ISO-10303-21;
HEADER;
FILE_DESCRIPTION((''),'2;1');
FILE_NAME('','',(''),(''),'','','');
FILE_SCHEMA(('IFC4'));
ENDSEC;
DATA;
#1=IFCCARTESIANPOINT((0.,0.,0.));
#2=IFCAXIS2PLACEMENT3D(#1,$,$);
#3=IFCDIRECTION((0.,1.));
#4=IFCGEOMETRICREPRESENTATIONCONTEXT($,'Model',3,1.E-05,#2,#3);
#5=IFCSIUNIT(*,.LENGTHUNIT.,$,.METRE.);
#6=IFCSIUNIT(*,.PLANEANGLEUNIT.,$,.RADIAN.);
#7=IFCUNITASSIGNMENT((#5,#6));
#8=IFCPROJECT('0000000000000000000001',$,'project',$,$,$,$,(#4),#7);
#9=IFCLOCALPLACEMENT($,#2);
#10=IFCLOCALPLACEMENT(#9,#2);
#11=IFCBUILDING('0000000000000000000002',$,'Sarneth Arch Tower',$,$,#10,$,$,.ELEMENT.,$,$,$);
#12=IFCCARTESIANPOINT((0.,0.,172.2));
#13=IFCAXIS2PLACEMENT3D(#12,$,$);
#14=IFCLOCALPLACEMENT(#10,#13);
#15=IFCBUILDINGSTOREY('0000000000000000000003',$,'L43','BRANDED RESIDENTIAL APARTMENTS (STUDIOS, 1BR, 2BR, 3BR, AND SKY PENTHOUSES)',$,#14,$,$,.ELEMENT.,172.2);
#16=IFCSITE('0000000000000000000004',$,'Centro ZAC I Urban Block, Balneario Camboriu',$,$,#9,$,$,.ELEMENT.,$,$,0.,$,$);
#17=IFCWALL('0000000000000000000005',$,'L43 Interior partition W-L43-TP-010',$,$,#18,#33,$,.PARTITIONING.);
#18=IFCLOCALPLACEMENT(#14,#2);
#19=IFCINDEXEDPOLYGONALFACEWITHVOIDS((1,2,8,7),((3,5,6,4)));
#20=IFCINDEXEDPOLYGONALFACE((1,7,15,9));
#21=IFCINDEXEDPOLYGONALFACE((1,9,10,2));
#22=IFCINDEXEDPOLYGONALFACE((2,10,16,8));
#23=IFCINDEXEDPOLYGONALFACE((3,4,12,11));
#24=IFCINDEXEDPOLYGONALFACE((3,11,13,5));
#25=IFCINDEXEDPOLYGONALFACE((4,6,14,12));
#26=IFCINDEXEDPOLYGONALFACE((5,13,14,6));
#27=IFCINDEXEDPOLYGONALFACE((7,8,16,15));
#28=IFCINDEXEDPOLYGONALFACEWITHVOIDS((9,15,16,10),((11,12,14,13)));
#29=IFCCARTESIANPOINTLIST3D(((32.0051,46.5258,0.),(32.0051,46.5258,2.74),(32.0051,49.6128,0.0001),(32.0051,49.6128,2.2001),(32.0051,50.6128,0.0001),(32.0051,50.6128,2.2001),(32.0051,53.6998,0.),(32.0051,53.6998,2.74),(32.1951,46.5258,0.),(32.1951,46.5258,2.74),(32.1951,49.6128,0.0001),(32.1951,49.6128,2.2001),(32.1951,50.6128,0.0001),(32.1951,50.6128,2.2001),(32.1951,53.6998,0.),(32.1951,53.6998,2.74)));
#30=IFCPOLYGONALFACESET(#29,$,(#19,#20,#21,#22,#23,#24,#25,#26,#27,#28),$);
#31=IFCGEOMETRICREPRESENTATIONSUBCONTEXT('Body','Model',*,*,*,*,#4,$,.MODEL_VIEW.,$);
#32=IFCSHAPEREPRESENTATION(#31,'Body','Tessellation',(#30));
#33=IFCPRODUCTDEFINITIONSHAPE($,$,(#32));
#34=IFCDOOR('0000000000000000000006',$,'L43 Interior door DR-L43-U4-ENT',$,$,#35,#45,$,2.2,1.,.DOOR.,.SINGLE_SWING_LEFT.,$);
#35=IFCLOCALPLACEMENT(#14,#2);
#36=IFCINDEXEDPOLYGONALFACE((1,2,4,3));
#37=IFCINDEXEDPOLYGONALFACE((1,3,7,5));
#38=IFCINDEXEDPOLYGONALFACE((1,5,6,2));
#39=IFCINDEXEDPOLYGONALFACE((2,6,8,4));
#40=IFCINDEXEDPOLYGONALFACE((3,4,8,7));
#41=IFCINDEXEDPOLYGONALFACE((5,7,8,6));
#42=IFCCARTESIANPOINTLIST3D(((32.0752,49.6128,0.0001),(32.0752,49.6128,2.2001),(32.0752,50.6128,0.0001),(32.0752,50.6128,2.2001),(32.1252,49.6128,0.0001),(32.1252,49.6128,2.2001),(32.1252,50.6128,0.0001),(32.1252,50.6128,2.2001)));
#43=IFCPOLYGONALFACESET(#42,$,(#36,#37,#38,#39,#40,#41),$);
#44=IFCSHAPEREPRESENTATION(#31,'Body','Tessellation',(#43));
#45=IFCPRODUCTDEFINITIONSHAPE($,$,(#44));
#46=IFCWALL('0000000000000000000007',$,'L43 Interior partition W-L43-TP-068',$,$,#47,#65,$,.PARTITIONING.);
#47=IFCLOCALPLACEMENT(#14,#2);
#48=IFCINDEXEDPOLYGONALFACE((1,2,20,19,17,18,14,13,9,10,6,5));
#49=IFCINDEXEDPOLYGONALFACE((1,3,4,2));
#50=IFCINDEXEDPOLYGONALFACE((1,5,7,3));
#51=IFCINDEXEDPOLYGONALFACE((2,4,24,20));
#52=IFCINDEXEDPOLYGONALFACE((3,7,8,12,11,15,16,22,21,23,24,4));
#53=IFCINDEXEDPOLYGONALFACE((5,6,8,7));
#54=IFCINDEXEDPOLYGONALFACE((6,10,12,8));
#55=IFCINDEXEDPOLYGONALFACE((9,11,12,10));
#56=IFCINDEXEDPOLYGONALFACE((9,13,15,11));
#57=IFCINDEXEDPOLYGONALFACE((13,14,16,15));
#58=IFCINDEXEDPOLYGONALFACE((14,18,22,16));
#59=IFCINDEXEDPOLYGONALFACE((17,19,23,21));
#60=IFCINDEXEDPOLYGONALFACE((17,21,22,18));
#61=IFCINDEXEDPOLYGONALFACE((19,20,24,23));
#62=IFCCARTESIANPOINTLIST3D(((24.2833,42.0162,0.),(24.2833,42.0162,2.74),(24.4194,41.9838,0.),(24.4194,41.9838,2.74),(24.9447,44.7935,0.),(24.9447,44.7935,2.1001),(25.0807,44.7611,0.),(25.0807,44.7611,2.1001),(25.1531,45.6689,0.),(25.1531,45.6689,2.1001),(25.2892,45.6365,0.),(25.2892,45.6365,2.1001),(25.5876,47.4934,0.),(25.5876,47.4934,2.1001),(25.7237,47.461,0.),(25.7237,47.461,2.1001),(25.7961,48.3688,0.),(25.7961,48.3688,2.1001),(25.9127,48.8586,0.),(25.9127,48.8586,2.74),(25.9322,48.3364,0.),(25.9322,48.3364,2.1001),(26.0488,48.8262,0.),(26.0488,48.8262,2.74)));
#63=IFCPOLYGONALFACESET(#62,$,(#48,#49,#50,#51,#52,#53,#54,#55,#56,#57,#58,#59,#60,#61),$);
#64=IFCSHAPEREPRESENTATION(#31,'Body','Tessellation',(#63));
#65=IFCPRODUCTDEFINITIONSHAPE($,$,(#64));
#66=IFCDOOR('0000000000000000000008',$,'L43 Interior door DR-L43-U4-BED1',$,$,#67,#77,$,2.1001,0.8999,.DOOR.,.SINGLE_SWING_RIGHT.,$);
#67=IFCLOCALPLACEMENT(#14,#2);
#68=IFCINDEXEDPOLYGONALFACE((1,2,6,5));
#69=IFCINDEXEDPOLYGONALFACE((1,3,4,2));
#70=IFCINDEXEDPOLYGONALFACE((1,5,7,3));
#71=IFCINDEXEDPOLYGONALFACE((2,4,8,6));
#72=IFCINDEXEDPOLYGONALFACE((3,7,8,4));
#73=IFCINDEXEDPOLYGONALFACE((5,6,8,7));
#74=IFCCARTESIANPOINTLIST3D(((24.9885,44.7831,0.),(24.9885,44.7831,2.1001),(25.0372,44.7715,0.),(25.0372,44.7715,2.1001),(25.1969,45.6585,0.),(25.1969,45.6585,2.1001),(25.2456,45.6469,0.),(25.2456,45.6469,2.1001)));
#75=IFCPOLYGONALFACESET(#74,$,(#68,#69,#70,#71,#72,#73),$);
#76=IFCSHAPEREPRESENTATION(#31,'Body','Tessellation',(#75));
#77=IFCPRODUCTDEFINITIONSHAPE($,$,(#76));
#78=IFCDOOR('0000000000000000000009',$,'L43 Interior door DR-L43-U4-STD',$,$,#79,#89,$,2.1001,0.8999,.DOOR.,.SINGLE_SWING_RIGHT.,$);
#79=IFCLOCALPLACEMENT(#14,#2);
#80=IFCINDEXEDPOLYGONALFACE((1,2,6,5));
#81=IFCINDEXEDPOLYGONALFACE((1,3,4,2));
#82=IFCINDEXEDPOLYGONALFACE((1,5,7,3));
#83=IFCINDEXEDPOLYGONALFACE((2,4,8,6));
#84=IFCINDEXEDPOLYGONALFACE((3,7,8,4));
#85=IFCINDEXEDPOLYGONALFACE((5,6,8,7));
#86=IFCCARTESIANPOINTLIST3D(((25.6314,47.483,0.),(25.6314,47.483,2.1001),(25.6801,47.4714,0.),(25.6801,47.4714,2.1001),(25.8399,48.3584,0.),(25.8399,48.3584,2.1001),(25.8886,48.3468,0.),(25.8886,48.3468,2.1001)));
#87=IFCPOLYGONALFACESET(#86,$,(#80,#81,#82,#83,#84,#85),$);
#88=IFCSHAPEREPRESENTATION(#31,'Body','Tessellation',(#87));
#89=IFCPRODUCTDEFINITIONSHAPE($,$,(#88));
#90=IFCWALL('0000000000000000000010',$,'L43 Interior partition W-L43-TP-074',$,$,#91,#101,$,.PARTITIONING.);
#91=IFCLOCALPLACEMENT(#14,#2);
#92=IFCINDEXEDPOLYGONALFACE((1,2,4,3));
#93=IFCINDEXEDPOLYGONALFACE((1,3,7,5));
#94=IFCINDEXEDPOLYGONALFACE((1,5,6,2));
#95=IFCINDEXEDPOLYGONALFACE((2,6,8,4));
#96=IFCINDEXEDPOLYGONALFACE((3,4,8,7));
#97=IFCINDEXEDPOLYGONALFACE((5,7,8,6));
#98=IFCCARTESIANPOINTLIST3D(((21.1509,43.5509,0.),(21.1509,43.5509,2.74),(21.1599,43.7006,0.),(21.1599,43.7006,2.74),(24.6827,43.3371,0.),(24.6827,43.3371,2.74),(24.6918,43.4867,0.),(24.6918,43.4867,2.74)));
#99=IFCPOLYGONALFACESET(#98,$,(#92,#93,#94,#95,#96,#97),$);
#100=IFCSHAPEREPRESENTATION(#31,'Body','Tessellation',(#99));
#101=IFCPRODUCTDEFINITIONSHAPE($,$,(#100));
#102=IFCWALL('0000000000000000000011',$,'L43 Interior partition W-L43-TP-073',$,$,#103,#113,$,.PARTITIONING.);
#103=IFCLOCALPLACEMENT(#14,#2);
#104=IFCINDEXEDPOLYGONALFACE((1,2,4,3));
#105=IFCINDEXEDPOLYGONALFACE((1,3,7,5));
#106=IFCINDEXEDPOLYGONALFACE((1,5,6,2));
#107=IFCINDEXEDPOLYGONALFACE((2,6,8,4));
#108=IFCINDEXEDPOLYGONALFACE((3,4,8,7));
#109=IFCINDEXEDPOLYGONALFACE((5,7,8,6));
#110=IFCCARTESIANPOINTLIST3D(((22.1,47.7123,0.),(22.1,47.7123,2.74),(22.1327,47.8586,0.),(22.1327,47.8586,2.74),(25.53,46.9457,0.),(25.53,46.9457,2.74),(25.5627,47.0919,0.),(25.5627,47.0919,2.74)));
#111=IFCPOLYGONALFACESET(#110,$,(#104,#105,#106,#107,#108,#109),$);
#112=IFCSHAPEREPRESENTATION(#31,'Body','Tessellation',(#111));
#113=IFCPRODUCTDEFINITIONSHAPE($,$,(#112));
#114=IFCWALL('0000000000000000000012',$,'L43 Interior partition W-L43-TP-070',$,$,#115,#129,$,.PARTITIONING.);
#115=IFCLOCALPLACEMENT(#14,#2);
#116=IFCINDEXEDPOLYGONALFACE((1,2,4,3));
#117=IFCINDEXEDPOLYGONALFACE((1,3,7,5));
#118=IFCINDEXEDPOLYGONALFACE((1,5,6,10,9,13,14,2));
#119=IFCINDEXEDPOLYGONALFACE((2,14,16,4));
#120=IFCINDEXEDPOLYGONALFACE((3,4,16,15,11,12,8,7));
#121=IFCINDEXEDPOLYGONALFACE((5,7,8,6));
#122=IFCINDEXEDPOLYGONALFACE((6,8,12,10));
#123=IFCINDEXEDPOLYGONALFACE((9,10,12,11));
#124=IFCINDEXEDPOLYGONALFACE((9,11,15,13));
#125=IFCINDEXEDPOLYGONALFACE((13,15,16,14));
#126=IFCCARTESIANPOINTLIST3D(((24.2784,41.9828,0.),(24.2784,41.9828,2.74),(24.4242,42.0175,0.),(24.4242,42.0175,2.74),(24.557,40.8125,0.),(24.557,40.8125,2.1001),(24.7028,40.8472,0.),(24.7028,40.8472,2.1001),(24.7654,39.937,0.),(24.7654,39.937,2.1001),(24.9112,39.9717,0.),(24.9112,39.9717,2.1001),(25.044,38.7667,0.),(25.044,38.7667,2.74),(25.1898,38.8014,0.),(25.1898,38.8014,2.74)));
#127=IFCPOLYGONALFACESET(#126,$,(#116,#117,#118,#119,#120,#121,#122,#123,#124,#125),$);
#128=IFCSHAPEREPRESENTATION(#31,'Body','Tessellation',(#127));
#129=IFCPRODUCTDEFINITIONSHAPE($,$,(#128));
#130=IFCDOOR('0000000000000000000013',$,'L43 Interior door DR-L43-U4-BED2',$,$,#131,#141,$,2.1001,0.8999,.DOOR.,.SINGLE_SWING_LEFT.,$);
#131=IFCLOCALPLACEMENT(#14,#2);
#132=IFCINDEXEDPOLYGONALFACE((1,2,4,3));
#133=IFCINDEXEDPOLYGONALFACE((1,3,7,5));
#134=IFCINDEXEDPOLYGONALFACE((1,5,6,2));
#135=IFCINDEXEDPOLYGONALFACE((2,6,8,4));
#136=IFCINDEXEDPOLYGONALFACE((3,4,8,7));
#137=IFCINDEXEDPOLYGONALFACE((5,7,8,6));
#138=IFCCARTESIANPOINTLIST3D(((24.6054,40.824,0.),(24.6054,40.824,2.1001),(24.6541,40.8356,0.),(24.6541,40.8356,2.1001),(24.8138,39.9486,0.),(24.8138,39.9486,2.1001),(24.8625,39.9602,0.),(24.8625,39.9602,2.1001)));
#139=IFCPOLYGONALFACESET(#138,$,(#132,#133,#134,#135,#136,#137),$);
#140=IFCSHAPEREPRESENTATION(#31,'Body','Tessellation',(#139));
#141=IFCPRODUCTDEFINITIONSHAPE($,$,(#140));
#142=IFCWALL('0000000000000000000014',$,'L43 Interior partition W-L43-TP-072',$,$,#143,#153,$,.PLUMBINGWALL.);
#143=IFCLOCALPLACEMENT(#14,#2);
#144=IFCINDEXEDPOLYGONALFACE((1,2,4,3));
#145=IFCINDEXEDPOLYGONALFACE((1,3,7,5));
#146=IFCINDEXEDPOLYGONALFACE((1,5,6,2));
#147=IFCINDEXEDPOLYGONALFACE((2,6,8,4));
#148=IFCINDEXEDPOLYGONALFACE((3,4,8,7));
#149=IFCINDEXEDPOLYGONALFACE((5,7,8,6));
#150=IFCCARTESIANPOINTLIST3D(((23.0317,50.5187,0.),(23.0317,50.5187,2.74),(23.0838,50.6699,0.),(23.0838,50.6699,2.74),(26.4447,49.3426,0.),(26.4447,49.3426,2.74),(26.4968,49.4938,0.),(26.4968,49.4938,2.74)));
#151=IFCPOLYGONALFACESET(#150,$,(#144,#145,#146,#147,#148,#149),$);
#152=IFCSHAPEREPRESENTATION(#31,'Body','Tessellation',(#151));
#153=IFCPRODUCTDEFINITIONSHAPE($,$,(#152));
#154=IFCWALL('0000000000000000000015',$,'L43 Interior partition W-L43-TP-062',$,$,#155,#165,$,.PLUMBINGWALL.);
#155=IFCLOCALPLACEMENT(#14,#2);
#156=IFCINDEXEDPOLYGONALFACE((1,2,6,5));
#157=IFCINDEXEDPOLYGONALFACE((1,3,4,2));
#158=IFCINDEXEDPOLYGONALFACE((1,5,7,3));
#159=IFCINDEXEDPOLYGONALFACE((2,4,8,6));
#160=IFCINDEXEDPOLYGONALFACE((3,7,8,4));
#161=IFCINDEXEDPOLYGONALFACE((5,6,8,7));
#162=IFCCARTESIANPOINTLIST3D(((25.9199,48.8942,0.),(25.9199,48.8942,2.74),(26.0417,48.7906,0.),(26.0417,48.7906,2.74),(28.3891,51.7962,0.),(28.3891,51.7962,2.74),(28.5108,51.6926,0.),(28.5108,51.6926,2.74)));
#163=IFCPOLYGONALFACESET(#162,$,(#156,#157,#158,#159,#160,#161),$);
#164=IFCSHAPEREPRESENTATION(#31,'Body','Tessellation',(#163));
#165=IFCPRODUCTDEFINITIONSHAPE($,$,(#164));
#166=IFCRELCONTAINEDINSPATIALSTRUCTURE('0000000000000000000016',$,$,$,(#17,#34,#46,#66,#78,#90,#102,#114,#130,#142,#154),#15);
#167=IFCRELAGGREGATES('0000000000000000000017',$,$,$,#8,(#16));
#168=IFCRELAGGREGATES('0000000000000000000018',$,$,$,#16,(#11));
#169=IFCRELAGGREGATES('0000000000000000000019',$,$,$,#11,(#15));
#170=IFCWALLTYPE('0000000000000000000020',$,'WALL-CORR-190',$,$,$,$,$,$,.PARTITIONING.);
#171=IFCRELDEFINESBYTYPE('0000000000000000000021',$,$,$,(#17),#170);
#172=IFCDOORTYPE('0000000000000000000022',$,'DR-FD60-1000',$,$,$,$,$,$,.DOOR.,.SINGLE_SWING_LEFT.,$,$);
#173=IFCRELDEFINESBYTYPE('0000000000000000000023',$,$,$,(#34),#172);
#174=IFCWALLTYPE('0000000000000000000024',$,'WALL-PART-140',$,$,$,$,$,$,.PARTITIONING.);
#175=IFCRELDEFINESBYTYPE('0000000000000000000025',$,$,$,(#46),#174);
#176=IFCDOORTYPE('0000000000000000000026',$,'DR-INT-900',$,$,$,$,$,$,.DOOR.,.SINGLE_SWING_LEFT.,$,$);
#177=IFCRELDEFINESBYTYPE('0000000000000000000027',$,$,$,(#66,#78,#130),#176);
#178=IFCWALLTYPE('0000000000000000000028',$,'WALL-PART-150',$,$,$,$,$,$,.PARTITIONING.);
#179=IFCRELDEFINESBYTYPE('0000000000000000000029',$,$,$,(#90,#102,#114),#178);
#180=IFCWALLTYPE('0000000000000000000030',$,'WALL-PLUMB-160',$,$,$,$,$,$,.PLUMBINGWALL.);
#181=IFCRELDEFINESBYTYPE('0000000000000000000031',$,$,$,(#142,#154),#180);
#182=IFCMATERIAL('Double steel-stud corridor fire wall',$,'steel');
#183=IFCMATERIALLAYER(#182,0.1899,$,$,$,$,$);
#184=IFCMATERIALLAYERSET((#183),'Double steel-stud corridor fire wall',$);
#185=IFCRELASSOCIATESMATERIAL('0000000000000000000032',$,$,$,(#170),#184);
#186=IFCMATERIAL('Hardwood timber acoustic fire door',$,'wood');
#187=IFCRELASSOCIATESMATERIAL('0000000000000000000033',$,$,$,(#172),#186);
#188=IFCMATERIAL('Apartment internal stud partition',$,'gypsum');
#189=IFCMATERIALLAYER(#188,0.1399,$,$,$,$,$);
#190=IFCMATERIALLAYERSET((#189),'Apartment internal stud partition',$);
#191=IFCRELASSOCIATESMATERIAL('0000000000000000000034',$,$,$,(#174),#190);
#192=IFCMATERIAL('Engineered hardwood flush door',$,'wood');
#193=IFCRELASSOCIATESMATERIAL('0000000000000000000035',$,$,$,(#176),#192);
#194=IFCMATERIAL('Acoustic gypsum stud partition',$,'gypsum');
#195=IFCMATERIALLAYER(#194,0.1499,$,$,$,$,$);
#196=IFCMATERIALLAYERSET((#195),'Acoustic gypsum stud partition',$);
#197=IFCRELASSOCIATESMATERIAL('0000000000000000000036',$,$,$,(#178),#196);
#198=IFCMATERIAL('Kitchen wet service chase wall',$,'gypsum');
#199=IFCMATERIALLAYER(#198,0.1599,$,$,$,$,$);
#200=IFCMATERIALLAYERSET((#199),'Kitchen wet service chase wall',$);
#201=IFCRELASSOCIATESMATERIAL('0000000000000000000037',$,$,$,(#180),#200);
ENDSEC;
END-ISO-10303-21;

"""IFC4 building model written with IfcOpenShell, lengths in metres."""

from ifc_helpers import new_model, si_unit, direction, frame, frame_2d, origin, place, context, subcontext, project, spatial, rectangle, extrude, material, layer, layer_set, type_object, element, fill, save


model = new_model("IFC4")

# Units and contexts
model_context = context("Model", 3, precision=1e-05, world=origin(), true_north=direction((0.0, 1.0)))
body_context = subcontext(model_context, "Body", "Model", "MODEL_VIEW")
ifc_project = project(units=[si_unit("LENGTHUNIT", "METRE"), si_unit("PLANEANGLEUNIT", "RADIAN")], contexts=[model_context])

# Site, building, storey
site_placement = place(None, origin())
site = spatial("IfcSite", under=ifc_project, at=site_placement, Name="Centro ZAC I Urban Block, Balneario Camboriu", CompositionType="ELEMENT", RefElevation=0.0)
building_placement = place(site_placement, origin())
building = spatial("IfcBuilding", under=site, at=building_placement, Name="Sarneth Arch Tower", CompositionType="ELEMENT")
storey_placement = place(building_placement, frame((0.0, 0.0, 172.2)))
storey = spatial("IfcBuildingStorey", under=building, at=storey_placement, Name="L43", Description="BRANDED RESIDENTIAL APARTMENTS (STUDIOS, 1BR, 2BR, 3BR, AND SKY PENTHOUSES)", CompositionType="ELEMENT", Elevation=172.2)

# Shared definitions
ifc_material_1 = material(Name="Double steel-stud corridor fire wall", Category="steel")
ifc_layer_1 = layer(ifc_material_1, 0.1899)
ifc_layer_set_1 = layer_set([ifc_layer_1], Name="Double steel-stud corridor fire wall")
wall_type_1 = type_object("IfcWallType", Name="WALL-CORR-190", PredefinedType="PARTITIONING", material=ifc_layer_set_1)

# Wall, opening, door
wall_1_placement = place(storey_placement, frame((32.1001, 46.5259, 0.0), z_axis=(0.0, 0.0, 1.0), x_axis=(0.0, 1.0, 0.0)))
wall_1 = element("IfcWall", 1, at=wall_1_placement, inside=storey, type_object=wall_type_1, Name="L43 Interior partition W-L43-TP-010", PredefinedType="PARTITIONING", context=body_context, shape_type="SweptSolid", body=[
    extrude(rectangle(XDim=7.1741, YDim=0.1899, at=frame_2d((3.5869, 0.0))), origin(), (0.0, 0.0, 1.0), 2.74),
])
opening_1_placement = place(wall_1_placement, frame((3.0869, 0.0, 0.0)))
opening_1 = element("IfcOpeningElement", 2, at=opening_1_placement, cuts=wall_1, PredefinedType="OPENING", context=body_context, shape_type="SweptSolid", body=[
    extrude(rectangle(XDim=1.0, YDim=2.2, at=frame_2d((0.5, 1.1001))), frame((0.0, 0.105, 0.0), z_axis=(0.0, -1.0, 0.0), x_axis=(1.0, 0.0, 0.0)), (0.0, 0.0, 1.0), 0.21),
])
ifc_material_2 = material(Name="Hardwood timber acoustic fire door", Category="wood")
door_type_1 = type_object("IfcDoorType", Name="DR-FD60-1000", OperationType="SINGLE_SWING_LEFT", PredefinedType="DOOR", material=ifc_material_2)
door_1_placement = place(opening_1_placement, origin())
door_1 = element("IfcDoor", 3, at=door_1_placement, inside=storey, type_object=door_type_1, Name="L43 Interior door DR-L43-U4-ENT", OperationType="SINGLE_SWING_LEFT", OverallHeight=2.2, OverallWidth=1.0, PredefinedType="DOOR", context=body_context, shape_type="SweptSolid", body=[
    extrude(rectangle(XDim=1.0, YDim=2.2, at=frame_2d((0.5, 1.1001))), frame((0.0, 0.0249, 0.0), z_axis=(0.0, -1.0, 0.0), x_axis=(1.0, 0.0, 0.0)), (0.0, 0.0, 1.0), 0.05),
])
fill(opening_1, door_1)

# Wall, openings, doors
ifc_material_3 = material(Name="Apartment internal stud partition", Category="gypsum")
ifc_layer_2 = layer(ifc_material_3, 0.1399)
ifc_layer_set_2 = layer_set([ifc_layer_2], Name="Apartment internal stud partition")
wall_type_2 = type_object("IfcWallType", Name="WALL-PART-140", PredefinedType="PARTITIONING", material=ifc_layer_set_2)
wall_2_placement = place(storey_placement, frame((24.3513, 42.0, 0.0), z_axis=(0.0, 0.0, 1.0), x_axis=(0.231658, 0.972797, 0.0)))
wall_2 = element("IfcWall", 4, at=wall_2_placement, inside=storey, type_object=wall_type_2, Name="L43 Interior partition W-L43-TP-068", PredefinedType="PARTITIONING", context=body_context, shape_type="SweptSolid", body=[
    extrude(rectangle(XDim=7.0337, YDim=0.1399, at=frame_2d((3.5168, 0.0))), origin(), (0.0, 0.0, 1.0), 2.74),
])
opening_2_placement = place(wall_2_placement, frame((2.855, 0.0, 0.0)))
opening_2 = element("IfcOpeningElement", 5, at=opening_2_placement, cuts=wall_2, PredefinedType="OPENING", context=body_context, shape_type="SweptSolid", body=[
    extrude(rectangle(XDim=0.8999, YDim=2.1001, at=frame_2d((0.45, 1.05))), frame((0.0, 0.0798, 0.0), z_axis=(0.0, -1.0, 0.0), x_axis=(1.0, 0.0, 0.0)), (0.0, 0.0, 1.0), 0.1599),
])
opening_3_placement = place(wall_2_placement, frame((5.6304, 0.0, 0.0)))
opening_3 = element("IfcOpeningElement", 6, at=opening_3_placement, cuts=wall_2, PredefinedType="OPENING", context=body_context, shape_type="SweptSolid", body=[
    extrude(rectangle(XDim=0.8999, YDim=2.1001, at=frame_2d((0.45, 1.05))), frame((0.0, 0.0798, 0.0), z_axis=(0.0, -1.0, 0.0), x_axis=(1.0, 0.0, 0.0)), (0.0, 0.0, 1.0), 0.1599),
])
ifc_material_4 = material(Name="Engineered hardwood flush door", Category="wood")
door_type_2 = type_object("IfcDoorType", Name="DR-INT-900", OperationType="SINGLE_SWING_LEFT", PredefinedType="DOOR", material=ifc_material_4)
door_2_placement = place(opening_2_placement, origin())
door_2 = element("IfcDoor", 7, at=door_2_placement, inside=storey, type_object=door_type_2, Name="L43 Interior door DR-L43-U4-BED1", OperationType="SINGLE_SWING_RIGHT", OverallHeight=2.1001, OverallWidth=0.8999, PredefinedType="DOOR", context=body_context, shape_type="SweptSolid", body=[
    extrude(rectangle(XDim=0.8999, YDim=2.1001, at=frame_2d((0.45, 1.05))), frame((0.0, 0.0249, 0.0), z_axis=(0.0, -1.0, 0.0), x_axis=(1.0, 0.0, 0.0)), (0.0, 0.0, 1.0), 0.05),
])
fill(opening_2, door_2)
door_3_placement = place(opening_3_placement, origin())
door_3 = element("IfcDoor", 8, at=door_3_placement, inside=storey, type_object=door_type_2, Name="L43 Interior door DR-L43-U4-STD", OperationType="SINGLE_SWING_RIGHT", OverallHeight=2.1001, OverallWidth=0.8999, PredefinedType="DOOR", context=body_context, shape_type="SweptSolid", body=[
    extrude(rectangle(XDim=0.8999, YDim=2.1001, at=frame_2d((0.45, 1.05))), frame((0.0, 0.0249, 0.0), z_axis=(0.0, -1.0, 0.0), x_axis=(1.0, 0.0, 0.0)), (0.0, 0.0, 1.0), 0.05),
])
fill(opening_3, door_3)

# Walls
ifc_material_5 = material(Name="Acoustic gypsum stud partition", Category="gypsum")
ifc_layer_3 = layer(ifc_material_5, 0.1499)
ifc_layer_set_3 = layer_set([ifc_layer_3], Name="Acoustic gypsum stud partition")
wall_type_3 = type_object("IfcWallType", Name="WALL-PART-150", PredefinedType="PARTITIONING", material=ifc_layer_set_3)
wall_3_placement = place(storey_placement, frame((21.1555, 43.6257, 0.0), z_axis=(0.0, 0.0, 1.0), x_axis=(0.998172, -0.060441, 0.0)))
element("IfcWall", 9, at=wall_3_placement, inside=storey, type_object=wall_type_3, Name="L43 Interior partition W-L43-TP-074", PredefinedType="PARTITIONING", context=body_context, shape_type="SweptSolid", body=[
    extrude(rectangle(XDim=3.5383, YDim=0.1499, at=frame_2d((1.769, 0.0))), origin(), (0.0, 0.0, 1.0), 2.74),
])
wall_4_placement = place(storey_placement, frame((25.5464, 47.0188, 0.0), z_axis=(0.0, 0.0, 1.0), x_axis=(-0.975922, 0.218122, 0.0)))
element("IfcWall", 10, at=wall_4_placement, inside=storey, type_object=wall_type_3, Name="L43 Interior partition W-L43-TP-073", PredefinedType="PARTITIONING", context=body_context, shape_type="SweptSolid", body=[
    extrude(rectangle(XDim=3.5146, YDim=0.1499, at=frame_2d((1.7573, 0.0))), origin(), (0.0, 0.0, 1.0), 2.74),
])

# Wall, opening, door
wall_5_placement = place(storey_placement, frame((24.3513, 42.0, 0.0), z_axis=(0.0, 0.0, 1.0), x_axis=(0.231591, -0.972813, 0.0)))
wall_5 = element("IfcWall", 11, at=wall_5_placement, inside=storey, type_object=wall_type_3, Name="L43 Interior partition W-L43-TP-070", PredefinedType="PARTITIONING", context=body_context, shape_type="SweptSolid", body=[
    extrude(rectangle(XDim=3.3059, YDim=0.1499, at=frame_2d((1.6528, 0.0))), origin(), (0.0, 0.0, 1.0), 2.74),
])
opening_4_placement = place(wall_5_placement, frame((1.2029, 0.0, 0.0)))
opening_4 = element("IfcOpeningElement", 12, at=opening_4_placement, cuts=wall_5, PredefinedType="OPENING", context=body_context, shape_type="SweptSolid", body=[
    extrude(rectangle(XDim=0.8999, YDim=2.1001, at=frame_2d((0.45, 1.05))), frame((0.0, 0.085, 0.0), z_axis=(0.0, -1.0, 0.0), x_axis=(1.0, 0.0, 0.0)), (0.0, 0.0, 1.0), 0.1699),
])
door_4_placement = place(opening_4_placement, origin())
door_4 = element("IfcDoor", 13, at=door_4_placement, inside=storey, type_object=door_type_2, Name="L43 Interior door DR-L43-U4-BED2", OperationType="SINGLE_SWING_LEFT", OverallHeight=2.1001, OverallWidth=0.8999, PredefinedType="DOOR", context=body_context, shape_type="SweptSolid", body=[
    extrude(rectangle(XDim=0.8999, YDim=2.1001, at=frame_2d((0.45, 1.05))), frame((0.0, 0.0249, 0.0), z_axis=(0.0, -1.0, 0.0), x_axis=(1.0, 0.0, 0.0)), (0.0, 0.0, 1.0), 0.05),
])
fill(opening_4, door_4)

# Walls
ifc_material_6 = material(Name="Kitchen wet service chase wall", Category="gypsum")
ifc_layer_4 = layer(ifc_material_6, 0.1599)
ifc_layer_set_4 = layer_set([ifc_layer_4], Name="Kitchen wet service chase wall")
wall_type_4 = type_object("IfcWallType", Name="WALL-PLUMB-160", PredefinedType="PLUMBINGWALL", material=ifc_layer_set_4)
wall_6_placement = place(storey_placement, frame((26.4707, 49.4182, 0.0), z_axis=(0.0, 0.0, 1.0), x_axis=(-0.945443, 0.325788, 0.0)))
element("IfcWall", 14, at=wall_6_placement, inside=storey, type_object=wall_type_4, Name="L43 Interior partition W-L43-TP-072", PredefinedType="PLUMBINGWALL", context=body_context, shape_type="SweptSolid", body=[
    extrude(rectangle(XDim=3.6099, YDim=0.1599, at=frame_2d((1.8049, 0.0))), origin(), (0.0, 0.0, 1.0), 2.74),
])
wall_7_placement = place(storey_placement, frame((25.9807, 48.8423, 0.0), z_axis=(0.0, 0.0, 1.0), x_axis=(0.648022, 0.761621, 0.0)))
element("IfcWall", 15, at=wall_7_placement, inside=storey, type_object=wall_type_4, Name="L43 Interior partition W-L43-TP-062", PredefinedType="PLUMBINGWALL", context=body_context, shape_type="SweptSolid", body=[
    extrude(rectangle(XDim=3.8103, YDim=0.1599, at=frame_2d((1.9053, 0.0))), origin(), (0.0, 0.0, 1.0), 2.74),
])

save(model, "model.ifc")
